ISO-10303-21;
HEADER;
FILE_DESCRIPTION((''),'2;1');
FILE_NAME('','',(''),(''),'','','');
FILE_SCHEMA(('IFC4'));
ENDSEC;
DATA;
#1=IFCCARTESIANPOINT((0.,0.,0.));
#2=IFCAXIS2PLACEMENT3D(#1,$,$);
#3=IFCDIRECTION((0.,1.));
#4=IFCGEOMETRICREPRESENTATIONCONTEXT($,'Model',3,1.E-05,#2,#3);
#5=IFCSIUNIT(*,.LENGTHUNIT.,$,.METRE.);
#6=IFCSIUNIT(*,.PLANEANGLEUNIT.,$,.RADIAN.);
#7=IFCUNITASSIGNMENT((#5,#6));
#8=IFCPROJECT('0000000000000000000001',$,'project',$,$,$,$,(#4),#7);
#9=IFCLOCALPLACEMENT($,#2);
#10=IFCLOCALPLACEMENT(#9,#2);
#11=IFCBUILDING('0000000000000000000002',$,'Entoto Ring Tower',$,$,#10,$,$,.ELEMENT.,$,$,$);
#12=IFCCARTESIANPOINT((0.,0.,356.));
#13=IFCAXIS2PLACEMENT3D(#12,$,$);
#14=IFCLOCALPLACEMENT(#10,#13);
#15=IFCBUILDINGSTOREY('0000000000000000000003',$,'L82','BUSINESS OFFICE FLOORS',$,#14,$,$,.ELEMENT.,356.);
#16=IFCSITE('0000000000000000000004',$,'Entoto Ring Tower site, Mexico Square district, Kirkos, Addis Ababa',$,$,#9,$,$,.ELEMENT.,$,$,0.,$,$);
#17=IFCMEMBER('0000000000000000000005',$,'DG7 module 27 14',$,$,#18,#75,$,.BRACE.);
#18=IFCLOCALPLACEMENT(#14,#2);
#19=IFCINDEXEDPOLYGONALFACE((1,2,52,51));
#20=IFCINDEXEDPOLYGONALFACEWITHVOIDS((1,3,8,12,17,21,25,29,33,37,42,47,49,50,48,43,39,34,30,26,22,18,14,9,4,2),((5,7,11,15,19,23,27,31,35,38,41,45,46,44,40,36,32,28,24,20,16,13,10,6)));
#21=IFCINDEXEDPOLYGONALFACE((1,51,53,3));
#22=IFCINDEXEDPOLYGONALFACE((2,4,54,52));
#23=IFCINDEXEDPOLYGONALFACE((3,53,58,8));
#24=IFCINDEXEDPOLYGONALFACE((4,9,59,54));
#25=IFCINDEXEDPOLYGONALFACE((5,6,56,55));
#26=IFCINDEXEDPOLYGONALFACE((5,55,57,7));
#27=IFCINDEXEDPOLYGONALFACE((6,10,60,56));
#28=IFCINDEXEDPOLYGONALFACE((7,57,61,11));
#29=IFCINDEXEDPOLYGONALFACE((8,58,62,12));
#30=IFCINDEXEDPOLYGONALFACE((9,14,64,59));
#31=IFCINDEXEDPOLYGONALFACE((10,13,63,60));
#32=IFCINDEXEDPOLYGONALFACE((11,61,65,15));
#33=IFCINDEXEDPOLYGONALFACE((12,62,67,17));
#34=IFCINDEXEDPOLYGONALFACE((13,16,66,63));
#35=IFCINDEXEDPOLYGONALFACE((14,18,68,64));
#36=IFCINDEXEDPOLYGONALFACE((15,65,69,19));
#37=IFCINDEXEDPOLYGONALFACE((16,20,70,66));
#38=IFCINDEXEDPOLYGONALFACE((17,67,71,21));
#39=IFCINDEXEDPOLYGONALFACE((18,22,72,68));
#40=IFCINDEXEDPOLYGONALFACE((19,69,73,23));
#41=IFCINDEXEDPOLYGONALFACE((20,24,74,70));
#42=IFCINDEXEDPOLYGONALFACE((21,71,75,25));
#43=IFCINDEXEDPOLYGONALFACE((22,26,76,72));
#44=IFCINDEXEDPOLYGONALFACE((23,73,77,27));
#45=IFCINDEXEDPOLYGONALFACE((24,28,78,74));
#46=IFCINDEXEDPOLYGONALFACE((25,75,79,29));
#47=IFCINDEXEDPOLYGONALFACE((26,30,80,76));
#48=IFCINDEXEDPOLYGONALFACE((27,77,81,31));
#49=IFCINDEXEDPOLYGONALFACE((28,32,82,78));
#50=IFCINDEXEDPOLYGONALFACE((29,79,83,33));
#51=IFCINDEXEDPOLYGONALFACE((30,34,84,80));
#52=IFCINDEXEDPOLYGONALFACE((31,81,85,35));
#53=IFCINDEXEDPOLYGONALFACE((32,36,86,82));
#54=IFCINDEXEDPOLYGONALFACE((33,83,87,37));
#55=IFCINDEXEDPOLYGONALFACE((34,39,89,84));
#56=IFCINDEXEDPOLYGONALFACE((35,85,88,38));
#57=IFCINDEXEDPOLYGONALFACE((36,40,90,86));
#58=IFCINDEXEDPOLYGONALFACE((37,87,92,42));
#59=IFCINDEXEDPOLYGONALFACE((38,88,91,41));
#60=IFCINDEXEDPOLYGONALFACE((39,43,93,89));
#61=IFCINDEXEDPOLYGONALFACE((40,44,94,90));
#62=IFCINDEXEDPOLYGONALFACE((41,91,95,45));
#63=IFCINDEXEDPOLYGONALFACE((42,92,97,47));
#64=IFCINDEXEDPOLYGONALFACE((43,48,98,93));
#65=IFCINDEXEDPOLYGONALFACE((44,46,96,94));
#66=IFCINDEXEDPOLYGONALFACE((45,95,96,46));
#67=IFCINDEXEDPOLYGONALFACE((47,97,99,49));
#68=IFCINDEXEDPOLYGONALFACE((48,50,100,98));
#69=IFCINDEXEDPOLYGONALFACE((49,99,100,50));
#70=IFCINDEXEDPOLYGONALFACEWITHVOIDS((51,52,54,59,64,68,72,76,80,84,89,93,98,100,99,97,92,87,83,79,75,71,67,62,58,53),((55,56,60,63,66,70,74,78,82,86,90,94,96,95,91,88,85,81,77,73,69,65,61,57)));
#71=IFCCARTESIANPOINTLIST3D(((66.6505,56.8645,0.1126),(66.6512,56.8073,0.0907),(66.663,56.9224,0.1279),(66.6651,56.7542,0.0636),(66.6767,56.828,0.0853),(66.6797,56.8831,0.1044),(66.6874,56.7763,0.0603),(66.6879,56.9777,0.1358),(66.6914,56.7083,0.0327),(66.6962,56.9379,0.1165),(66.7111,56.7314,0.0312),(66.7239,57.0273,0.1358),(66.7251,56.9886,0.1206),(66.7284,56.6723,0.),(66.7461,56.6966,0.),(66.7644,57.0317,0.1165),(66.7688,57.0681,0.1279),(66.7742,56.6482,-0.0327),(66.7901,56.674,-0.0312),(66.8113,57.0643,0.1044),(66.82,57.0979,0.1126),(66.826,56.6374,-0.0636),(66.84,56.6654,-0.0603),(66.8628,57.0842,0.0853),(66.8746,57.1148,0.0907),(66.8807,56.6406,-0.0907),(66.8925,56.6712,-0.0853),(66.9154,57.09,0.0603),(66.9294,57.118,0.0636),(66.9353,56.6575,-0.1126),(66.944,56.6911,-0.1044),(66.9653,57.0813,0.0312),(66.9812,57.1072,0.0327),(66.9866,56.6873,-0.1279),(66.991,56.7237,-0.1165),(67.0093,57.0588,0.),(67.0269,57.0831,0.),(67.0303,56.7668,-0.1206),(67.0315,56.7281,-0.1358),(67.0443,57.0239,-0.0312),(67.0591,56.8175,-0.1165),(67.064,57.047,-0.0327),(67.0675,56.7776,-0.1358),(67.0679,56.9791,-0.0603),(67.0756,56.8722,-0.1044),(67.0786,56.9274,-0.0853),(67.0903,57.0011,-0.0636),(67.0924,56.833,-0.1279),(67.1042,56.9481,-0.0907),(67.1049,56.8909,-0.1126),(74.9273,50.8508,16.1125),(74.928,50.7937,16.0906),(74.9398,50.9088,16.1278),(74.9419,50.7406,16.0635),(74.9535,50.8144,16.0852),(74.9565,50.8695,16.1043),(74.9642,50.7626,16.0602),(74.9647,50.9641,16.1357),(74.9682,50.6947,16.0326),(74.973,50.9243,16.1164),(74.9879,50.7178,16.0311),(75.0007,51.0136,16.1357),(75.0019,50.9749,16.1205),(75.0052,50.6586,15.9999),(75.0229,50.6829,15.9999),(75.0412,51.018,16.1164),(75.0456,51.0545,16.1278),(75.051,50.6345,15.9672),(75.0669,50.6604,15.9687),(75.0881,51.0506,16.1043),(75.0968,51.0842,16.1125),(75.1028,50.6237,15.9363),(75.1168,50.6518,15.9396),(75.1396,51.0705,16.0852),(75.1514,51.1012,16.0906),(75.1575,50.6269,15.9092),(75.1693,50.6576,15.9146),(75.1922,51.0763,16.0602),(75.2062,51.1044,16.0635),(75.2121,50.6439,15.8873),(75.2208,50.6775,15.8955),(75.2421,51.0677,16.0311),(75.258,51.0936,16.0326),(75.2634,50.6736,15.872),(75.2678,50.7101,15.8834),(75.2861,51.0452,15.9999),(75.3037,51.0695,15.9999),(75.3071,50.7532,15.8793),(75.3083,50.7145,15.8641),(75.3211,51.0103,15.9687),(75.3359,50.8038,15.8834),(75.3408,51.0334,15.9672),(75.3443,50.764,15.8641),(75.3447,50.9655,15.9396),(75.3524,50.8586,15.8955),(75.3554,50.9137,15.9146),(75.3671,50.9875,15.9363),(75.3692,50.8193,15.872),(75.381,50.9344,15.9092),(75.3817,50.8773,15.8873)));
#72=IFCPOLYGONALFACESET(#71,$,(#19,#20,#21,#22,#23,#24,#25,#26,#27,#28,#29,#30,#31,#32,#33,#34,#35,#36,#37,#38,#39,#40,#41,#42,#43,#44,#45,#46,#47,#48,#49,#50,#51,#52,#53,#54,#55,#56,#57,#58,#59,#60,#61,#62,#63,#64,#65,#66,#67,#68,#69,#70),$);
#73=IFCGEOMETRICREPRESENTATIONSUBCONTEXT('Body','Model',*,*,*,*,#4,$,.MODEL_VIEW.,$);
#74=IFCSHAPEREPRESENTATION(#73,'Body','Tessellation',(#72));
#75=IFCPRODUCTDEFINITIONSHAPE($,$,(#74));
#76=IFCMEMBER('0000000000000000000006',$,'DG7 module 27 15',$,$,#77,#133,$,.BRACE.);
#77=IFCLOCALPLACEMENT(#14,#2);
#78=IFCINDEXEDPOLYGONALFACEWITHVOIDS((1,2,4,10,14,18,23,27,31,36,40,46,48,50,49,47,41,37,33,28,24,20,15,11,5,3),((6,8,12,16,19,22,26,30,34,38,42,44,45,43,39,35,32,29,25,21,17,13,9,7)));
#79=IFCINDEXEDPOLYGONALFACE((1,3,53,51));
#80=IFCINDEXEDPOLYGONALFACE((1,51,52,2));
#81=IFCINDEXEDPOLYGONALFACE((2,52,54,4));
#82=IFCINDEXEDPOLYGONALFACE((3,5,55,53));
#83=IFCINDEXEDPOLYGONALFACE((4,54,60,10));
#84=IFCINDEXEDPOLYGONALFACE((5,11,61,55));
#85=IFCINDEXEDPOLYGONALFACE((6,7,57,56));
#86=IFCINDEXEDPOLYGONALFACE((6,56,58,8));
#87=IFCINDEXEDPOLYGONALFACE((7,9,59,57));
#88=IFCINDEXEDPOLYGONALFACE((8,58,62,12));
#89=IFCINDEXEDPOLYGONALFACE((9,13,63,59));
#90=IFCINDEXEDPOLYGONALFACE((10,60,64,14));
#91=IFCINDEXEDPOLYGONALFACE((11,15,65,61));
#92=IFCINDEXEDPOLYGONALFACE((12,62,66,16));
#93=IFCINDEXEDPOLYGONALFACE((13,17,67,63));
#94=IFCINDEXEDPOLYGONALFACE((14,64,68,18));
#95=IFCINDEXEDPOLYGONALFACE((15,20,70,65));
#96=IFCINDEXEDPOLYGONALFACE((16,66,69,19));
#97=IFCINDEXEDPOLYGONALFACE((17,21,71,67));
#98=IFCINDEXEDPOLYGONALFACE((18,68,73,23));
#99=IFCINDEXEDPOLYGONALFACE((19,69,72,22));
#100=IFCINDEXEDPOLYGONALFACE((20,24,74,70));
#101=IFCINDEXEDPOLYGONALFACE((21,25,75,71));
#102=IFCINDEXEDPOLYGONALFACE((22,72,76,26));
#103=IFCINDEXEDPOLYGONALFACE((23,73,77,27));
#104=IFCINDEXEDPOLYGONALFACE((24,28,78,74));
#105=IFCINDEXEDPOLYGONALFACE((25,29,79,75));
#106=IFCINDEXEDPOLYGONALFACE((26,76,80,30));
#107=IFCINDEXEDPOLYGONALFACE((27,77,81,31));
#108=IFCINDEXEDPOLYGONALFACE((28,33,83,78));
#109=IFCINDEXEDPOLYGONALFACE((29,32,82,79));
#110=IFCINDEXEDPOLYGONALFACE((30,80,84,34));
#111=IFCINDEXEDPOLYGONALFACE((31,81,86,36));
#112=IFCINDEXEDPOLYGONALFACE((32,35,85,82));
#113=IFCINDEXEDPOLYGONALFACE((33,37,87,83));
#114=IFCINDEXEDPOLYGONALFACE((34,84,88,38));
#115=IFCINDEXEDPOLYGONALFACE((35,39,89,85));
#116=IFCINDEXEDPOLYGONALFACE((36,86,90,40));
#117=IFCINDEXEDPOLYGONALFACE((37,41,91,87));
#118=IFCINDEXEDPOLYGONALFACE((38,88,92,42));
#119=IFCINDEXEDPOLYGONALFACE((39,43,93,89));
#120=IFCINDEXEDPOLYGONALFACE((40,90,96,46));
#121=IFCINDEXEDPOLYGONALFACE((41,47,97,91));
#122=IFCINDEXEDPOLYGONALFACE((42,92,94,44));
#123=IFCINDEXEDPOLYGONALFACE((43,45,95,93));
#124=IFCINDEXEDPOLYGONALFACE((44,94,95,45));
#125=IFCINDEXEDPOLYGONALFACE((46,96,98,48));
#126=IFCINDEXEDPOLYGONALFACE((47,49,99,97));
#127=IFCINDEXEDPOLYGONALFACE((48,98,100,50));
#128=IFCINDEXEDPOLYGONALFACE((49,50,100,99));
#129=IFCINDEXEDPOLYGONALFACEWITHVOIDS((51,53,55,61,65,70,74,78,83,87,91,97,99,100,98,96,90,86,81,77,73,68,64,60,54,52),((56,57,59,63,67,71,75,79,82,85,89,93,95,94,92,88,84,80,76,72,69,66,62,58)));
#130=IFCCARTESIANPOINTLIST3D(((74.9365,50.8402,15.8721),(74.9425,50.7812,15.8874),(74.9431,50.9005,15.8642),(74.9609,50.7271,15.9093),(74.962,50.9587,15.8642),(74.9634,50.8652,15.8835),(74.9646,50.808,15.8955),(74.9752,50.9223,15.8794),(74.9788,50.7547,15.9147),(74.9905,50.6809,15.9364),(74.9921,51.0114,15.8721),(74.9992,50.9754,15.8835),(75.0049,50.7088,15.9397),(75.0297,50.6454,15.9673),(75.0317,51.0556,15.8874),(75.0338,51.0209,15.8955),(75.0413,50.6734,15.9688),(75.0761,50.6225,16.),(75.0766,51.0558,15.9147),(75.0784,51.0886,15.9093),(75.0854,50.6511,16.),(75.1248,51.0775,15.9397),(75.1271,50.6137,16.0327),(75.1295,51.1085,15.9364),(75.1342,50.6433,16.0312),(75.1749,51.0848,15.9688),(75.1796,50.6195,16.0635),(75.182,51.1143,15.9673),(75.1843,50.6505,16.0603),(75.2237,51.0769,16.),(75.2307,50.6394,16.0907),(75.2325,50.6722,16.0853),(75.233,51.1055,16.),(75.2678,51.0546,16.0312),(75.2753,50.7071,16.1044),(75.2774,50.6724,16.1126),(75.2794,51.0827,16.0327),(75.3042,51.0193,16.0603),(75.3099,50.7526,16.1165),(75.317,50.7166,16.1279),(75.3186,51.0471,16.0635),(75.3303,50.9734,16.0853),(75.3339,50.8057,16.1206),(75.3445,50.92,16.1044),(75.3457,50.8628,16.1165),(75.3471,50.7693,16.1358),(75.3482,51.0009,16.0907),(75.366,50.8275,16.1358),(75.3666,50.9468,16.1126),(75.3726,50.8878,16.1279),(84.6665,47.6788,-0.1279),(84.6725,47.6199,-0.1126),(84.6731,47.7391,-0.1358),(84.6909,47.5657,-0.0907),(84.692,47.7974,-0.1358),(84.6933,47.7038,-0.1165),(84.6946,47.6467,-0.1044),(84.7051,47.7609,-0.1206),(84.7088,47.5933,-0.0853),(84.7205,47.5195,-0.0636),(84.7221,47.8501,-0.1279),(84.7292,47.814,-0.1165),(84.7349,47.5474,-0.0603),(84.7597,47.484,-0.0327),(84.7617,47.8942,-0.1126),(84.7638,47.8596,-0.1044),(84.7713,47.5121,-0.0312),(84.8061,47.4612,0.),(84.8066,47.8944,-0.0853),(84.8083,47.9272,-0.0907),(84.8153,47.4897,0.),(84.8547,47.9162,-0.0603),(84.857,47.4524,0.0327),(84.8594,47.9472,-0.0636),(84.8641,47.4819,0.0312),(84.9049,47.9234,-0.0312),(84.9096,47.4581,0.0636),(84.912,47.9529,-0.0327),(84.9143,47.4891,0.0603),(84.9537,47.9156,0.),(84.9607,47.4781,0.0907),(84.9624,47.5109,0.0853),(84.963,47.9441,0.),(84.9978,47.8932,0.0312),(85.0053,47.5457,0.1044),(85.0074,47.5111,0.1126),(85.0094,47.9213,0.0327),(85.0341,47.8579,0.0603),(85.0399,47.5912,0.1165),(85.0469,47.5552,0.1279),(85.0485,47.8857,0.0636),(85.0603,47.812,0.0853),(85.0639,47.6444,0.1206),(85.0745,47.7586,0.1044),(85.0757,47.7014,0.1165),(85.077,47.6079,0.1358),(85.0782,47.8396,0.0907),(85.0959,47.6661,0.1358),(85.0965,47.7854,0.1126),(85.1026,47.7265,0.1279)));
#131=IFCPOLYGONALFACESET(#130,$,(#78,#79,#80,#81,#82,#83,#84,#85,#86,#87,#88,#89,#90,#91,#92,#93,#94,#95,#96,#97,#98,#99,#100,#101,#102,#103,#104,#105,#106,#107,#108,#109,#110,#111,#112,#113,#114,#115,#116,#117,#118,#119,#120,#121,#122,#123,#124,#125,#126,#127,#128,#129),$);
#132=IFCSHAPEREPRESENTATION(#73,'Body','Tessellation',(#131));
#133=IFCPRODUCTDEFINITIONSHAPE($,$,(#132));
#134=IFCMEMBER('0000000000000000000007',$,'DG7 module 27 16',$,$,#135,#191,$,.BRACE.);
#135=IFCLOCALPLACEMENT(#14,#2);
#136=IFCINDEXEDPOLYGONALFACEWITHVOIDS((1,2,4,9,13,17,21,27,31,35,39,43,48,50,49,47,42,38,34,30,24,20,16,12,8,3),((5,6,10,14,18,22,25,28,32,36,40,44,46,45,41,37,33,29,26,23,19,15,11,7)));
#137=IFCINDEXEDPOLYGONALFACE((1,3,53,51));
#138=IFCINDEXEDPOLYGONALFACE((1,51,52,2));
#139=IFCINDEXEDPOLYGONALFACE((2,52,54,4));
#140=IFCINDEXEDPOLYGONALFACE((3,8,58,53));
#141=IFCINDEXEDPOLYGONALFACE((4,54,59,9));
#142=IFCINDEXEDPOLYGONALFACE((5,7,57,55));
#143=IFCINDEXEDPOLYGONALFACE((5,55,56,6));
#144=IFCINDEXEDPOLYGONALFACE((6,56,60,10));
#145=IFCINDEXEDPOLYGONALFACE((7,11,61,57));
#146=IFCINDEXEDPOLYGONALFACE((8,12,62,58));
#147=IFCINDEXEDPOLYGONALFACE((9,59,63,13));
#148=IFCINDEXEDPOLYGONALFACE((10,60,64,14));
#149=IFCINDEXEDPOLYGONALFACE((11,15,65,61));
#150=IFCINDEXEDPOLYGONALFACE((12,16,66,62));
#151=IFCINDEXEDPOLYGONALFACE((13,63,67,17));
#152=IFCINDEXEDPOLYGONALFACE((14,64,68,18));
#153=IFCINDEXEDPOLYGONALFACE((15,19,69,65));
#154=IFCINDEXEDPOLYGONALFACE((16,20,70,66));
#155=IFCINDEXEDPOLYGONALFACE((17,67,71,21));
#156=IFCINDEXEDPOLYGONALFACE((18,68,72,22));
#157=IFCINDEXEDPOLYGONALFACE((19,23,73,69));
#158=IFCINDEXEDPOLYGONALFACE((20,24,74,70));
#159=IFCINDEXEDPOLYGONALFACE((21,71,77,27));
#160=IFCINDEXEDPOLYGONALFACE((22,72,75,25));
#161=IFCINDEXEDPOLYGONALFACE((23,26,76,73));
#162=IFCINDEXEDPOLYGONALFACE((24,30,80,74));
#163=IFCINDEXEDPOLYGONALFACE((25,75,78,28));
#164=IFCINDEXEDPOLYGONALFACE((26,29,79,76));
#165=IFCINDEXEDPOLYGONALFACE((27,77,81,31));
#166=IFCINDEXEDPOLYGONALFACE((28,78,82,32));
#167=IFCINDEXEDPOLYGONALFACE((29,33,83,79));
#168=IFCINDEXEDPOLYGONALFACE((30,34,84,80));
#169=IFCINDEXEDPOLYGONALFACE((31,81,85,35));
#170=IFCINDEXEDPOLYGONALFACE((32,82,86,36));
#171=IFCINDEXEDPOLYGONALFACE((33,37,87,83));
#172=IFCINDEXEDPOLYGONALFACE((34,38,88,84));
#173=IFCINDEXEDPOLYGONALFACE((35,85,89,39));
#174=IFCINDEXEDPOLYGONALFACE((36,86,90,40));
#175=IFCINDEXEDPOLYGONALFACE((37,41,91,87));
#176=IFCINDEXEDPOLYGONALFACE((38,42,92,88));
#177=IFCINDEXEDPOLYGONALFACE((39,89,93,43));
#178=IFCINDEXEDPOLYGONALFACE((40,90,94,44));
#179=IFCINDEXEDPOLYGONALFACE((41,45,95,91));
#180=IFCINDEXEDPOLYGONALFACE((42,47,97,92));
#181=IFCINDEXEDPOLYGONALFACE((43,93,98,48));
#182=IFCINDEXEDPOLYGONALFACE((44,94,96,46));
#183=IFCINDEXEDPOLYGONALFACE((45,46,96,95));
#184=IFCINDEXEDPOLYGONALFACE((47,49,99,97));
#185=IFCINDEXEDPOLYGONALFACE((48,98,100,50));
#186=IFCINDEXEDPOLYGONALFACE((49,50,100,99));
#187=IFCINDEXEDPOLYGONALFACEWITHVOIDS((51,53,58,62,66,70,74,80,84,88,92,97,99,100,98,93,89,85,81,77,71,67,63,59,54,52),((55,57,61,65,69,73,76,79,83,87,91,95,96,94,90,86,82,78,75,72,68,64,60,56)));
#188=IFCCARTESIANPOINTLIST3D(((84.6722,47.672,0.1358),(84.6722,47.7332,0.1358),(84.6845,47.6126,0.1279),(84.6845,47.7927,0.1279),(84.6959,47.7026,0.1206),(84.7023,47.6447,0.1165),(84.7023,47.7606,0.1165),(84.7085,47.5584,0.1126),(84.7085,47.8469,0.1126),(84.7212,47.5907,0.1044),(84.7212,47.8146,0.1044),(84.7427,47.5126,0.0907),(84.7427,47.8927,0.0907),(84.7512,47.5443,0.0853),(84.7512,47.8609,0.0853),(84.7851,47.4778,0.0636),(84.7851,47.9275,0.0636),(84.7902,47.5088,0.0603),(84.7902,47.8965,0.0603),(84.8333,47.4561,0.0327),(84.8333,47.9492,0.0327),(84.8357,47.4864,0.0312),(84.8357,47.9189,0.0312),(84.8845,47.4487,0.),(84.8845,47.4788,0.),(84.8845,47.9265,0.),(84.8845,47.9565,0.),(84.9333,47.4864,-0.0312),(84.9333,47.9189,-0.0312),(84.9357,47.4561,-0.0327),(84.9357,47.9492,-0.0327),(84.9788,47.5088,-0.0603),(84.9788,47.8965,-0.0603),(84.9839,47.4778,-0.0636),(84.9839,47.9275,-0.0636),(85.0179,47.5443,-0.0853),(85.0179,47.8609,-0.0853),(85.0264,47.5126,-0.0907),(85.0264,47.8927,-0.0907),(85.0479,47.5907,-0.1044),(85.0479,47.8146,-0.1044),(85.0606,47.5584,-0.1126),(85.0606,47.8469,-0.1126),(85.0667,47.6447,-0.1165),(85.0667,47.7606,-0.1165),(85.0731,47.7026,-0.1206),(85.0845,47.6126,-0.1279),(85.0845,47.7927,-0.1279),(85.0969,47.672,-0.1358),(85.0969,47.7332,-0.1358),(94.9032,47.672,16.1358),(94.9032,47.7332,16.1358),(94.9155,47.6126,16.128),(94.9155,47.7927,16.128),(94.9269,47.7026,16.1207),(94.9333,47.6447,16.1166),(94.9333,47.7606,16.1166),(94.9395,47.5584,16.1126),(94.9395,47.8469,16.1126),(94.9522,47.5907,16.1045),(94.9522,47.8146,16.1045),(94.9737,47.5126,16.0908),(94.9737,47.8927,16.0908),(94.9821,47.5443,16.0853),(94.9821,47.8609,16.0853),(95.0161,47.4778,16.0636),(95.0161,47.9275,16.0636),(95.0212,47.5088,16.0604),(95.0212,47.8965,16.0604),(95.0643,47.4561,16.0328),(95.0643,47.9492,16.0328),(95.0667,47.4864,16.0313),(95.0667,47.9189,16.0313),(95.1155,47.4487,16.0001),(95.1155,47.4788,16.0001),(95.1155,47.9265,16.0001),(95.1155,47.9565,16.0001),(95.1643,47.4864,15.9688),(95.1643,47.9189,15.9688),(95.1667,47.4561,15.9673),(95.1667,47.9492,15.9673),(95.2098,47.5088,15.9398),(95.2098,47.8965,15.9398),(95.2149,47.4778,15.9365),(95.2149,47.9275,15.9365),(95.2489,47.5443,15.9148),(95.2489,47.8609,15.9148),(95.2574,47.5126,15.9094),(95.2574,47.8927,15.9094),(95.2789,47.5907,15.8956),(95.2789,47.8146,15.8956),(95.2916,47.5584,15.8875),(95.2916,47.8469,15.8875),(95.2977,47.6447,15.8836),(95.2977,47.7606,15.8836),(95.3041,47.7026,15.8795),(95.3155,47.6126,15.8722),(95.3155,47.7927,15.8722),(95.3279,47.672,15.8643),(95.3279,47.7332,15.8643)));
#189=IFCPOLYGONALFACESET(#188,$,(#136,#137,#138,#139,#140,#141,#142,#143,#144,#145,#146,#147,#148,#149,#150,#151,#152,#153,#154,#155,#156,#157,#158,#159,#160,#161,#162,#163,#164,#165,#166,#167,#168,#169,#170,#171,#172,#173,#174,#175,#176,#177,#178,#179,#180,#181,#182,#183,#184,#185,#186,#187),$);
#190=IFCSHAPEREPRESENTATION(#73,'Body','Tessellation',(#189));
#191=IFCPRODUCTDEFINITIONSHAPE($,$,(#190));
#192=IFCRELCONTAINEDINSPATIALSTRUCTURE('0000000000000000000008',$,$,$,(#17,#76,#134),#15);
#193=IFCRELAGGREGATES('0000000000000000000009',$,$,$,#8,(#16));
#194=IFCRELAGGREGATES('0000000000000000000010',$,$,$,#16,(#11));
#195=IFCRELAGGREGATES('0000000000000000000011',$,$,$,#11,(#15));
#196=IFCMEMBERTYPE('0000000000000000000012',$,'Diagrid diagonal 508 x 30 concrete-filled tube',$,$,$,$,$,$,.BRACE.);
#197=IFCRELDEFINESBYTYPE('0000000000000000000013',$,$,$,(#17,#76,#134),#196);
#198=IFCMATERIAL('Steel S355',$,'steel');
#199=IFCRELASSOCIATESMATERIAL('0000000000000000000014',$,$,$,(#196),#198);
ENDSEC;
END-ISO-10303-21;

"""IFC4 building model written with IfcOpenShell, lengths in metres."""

from ifc_helpers import new_model, si_unit, direction, frame, origin, origin_2d, place, context, subcontext, project, spatial, circle, hollow_circle, extrude, material, material_profile, profile_set, type_object, element, save


model = new_model("IFC4")

# Units and contexts
model_context = context("Model", 3, precision=1e-05, world=origin(), true_north=direction((0.0, 1.0)))
body_context = subcontext(model_context, "Body", "Model", "MODEL_VIEW")
ifc_project = project(units=[si_unit("LENGTHUNIT", "METRE"), si_unit("PLANEANGLEUNIT", "RADIAN")], contexts=[model_context])

# Site, building, storey
site_placement = place(None, origin())
site = spatial("IfcSite", under=ifc_project, at=site_placement, Name="Entoto Ring Tower site, Mexico Square district, Kirkos, Addis Ababa", CompositionType="ELEMENT", RefElevation=0.0)
building_placement = place(site_placement, origin())
building = spatial("IfcBuilding", under=site, at=building_placement, Name="Entoto Ring Tower", CompositionType="ELEMENT")
storey_placement = place(building_placement, frame((0.0, 0.0, 356.0)))
storey = spatial("IfcBuildingStorey", under=building, at=storey_placement, Name="L82", Description="BUSINESS OFFICE FLOORS", CompositionType="ELEMENT", Elevation=356.0)

# Members
ifc_material_1 = material(Name="Steel S355", Category="steel")
ifc_material_profile_1 = material_profile(ifc_material_1, hollow_circle(Radius=0.2539, WallThickness=0.03, at=origin_2d()), Name="CHS 508 x 30")
ifc_material_2 = material(Name="Concrete C60/75", Category="concrete")
ifc_material_profile_2 = material_profile(ifc_material_2, circle(Radius=0.2241, at=origin_2d()), Name="Concrete C60/75 infill")
ifc_profile_set_1 = profile_set([ifc_material_profile_1, ifc_material_profile_2], Name="Steel S355")
member_type_1 = type_object("IfcMemberType", Name="Diagrid diagonal 508 x 30 concrete-filled tube", PredefinedType="BRACE", material=ifc_profile_set_1)
for number, where, z_axis, x_axis, name in (
    (1, (66.8777, 56.8777, 0.0), (0.435823, -0.316654, 0.84249), (0.587797, 0.809008, 0.0), "DG7 module 27 14"),
    (2, (84.8845, 47.7026, 0.0), (-0.512341, 0.166465, 0.842494), (-0.309009, -0.951059, 0.0), "DG7 module 27 15"),
):
    element("IfcMember", number, at=place(storey_placement, frame(where, z_axis=z_axis, x_axis=x_axis)), inside=storey, type_object=member_type_1, Name=name, PredefinedType="BRACE", context=body_context, shape_type="SweptSolid", body=[
        extrude(hollow_circle(Radius=0.2539, WallThickness=0.03, at=origin_2d()), origin(), (0.0, 0.0, 1.0), 18.9912),
    ])
member_1_placement = place(storey_placement, frame((84.8845, 47.7026, 0.0), z_axis=(0.538716, 0.0, 0.842488), x_axis=(0.0, 1.0, 0.0)))
element("IfcMember", 3, at=member_1_placement, inside=storey, type_object=member_type_1, Name="DG7 module 27 16", PredefinedType="BRACE", context=body_context, shape_type="SweptSolid", body=[
    extrude(hollow_circle(Radius=0.2539, WallThickness=0.03, at=origin_2d()), origin(), (0.0, 0.0, 1.0), 18.9915),
])

save(model, "model.ifc")
